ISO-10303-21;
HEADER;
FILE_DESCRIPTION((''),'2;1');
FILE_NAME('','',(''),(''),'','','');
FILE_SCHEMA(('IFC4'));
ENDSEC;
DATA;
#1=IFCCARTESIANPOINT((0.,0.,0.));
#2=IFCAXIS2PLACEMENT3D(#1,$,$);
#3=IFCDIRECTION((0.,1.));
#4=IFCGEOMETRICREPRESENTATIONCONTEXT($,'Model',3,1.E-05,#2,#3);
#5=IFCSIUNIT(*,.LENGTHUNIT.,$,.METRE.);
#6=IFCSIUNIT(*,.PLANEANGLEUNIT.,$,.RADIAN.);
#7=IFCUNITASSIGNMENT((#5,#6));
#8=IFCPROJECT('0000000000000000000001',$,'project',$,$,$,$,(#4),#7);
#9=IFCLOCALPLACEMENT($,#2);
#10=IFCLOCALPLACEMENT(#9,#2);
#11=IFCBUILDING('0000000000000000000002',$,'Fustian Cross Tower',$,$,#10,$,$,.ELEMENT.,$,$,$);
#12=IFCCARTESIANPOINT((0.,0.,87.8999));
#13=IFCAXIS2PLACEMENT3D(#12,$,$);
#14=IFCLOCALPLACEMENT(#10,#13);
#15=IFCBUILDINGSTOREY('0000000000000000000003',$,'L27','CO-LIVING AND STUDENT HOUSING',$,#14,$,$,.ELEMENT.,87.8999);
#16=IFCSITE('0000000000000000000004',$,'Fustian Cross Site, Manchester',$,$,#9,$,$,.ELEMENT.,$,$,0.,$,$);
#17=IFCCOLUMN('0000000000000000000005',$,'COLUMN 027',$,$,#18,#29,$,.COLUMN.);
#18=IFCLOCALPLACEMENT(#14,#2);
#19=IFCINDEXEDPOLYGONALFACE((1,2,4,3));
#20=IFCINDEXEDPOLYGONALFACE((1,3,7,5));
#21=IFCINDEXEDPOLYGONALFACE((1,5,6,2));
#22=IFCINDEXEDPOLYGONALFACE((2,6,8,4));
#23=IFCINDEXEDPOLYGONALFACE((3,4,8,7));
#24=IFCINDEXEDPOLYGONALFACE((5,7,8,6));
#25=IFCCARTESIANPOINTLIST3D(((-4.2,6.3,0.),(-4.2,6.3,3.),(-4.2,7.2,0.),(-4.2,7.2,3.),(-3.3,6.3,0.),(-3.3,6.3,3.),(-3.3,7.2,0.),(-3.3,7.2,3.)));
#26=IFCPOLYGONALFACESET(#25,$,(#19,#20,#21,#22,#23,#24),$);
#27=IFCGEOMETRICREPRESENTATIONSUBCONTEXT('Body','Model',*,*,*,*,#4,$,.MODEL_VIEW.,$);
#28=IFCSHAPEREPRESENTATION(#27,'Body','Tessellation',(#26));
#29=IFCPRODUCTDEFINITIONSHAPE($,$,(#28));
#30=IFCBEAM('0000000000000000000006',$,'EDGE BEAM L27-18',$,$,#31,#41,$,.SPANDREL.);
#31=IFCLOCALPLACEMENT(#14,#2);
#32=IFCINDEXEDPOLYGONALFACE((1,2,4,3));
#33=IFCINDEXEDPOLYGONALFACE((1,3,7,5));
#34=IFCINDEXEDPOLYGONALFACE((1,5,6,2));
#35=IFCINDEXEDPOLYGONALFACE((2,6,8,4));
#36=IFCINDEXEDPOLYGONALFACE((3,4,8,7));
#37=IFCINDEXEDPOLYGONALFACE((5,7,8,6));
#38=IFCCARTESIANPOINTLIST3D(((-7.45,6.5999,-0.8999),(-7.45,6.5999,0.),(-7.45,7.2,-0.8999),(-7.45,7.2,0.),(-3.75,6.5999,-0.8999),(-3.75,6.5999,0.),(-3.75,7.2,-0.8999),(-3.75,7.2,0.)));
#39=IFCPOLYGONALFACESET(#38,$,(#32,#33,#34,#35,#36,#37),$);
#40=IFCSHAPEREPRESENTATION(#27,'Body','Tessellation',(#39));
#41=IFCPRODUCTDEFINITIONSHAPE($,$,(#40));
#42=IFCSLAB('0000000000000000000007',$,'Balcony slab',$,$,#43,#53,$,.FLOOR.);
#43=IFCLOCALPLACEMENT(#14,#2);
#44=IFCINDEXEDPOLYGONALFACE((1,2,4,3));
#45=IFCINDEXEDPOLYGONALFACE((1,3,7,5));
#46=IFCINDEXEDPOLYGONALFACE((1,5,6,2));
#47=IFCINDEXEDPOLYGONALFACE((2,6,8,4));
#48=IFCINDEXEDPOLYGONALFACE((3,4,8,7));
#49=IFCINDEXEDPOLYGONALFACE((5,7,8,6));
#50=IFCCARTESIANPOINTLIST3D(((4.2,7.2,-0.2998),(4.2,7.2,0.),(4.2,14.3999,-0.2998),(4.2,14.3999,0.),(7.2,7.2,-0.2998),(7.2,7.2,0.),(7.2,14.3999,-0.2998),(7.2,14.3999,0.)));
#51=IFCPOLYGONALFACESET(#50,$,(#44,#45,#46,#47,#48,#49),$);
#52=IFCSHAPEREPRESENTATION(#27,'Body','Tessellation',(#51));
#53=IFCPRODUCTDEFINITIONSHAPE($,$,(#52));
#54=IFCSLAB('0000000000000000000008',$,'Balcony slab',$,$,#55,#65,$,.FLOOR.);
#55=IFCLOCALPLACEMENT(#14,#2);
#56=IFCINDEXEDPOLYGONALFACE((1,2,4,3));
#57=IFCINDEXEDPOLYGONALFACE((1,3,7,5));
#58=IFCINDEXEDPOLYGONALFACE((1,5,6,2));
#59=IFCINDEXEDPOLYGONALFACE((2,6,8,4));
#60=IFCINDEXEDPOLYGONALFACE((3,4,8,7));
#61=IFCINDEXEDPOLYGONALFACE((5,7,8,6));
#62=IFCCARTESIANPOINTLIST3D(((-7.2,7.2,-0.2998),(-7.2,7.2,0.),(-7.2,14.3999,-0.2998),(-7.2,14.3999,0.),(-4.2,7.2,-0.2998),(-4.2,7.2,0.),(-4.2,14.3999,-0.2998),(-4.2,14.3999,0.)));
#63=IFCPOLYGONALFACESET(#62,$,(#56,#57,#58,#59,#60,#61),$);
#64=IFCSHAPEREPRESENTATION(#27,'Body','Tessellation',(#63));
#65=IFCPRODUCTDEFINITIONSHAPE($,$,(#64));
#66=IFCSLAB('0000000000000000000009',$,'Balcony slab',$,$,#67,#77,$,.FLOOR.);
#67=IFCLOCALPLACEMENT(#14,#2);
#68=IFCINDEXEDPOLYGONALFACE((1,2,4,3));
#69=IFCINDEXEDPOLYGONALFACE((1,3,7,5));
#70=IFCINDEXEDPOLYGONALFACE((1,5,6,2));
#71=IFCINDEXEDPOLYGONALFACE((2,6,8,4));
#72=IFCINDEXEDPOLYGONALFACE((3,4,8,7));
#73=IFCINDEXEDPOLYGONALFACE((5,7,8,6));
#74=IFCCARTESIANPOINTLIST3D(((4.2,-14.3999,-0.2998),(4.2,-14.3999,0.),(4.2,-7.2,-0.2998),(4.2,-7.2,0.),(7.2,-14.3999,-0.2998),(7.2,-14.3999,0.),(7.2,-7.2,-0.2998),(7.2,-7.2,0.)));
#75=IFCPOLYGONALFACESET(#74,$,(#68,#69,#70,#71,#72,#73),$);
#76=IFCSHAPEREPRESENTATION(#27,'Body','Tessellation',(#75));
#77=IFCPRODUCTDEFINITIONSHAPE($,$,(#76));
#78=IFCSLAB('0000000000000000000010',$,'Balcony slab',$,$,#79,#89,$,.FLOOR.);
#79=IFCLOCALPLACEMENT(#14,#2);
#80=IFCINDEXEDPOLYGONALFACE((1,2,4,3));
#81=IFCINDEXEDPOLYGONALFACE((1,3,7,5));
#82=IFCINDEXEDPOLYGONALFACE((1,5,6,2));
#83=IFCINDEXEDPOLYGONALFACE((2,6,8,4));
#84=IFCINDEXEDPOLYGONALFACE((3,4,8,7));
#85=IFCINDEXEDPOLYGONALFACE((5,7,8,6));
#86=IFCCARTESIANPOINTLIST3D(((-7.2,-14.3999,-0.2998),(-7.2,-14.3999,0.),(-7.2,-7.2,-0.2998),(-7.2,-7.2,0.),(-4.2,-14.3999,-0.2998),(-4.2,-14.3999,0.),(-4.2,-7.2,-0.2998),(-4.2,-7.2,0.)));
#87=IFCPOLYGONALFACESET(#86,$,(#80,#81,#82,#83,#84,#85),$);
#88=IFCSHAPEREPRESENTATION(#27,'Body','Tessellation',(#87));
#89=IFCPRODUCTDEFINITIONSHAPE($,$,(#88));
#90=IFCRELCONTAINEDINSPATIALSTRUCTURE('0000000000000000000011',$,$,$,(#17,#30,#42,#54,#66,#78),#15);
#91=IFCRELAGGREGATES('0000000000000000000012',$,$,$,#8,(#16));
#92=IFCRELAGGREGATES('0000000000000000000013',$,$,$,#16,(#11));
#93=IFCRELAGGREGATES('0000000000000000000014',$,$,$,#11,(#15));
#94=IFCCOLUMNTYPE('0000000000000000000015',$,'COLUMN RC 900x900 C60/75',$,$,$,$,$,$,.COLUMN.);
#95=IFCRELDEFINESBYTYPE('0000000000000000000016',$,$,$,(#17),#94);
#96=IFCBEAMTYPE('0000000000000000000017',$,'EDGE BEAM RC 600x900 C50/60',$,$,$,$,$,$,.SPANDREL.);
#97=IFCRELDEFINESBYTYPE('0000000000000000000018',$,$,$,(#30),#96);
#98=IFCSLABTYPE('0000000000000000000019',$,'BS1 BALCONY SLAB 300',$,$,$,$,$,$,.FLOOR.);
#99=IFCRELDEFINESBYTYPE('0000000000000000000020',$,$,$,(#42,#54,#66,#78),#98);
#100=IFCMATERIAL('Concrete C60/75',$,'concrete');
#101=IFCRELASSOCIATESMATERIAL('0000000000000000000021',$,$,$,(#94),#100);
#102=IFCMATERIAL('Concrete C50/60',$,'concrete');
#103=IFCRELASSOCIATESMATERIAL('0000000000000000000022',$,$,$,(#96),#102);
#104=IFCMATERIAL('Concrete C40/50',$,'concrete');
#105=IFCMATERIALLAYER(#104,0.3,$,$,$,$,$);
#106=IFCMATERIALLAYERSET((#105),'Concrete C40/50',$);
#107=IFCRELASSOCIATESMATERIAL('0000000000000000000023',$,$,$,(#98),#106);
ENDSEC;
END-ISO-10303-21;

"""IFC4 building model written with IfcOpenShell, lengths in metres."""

from ifc_helpers import new_model, si_unit, direction, frame, origin, origin_2d, place, context, subcontext, project, spatial, polyline, rectangle, outline, extrude, material, layer, layer_set, material_profile, profile_set, type_object, element, save


model = new_model("IFC4")

# Units and contexts
model_context = context("Model", 3, precision=1e-05, world=origin(), true_north=direction((0.0, 1.0)))
body_context = subcontext(model_context, "Body", "Model", "MODEL_VIEW")
ifc_project = project(units=[si_unit("LENGTHUNIT", "METRE"), si_unit("PLANEANGLEUNIT", "RADIAN")], contexts=[model_context])

# Site, building, storey
site_placement = place(None, origin())
site = spatial("IfcSite", under=ifc_project, at=site_placement, Name="Fustian Cross Site, Manchester", CompositionType="ELEMENT", RefElevation=0.0)
building_placement = place(site_placement, origin())
building = spatial("IfcBuilding", under=site, at=building_placement, Name="Fustian Cross Tower", CompositionType="ELEMENT")
storey_placement = place(building_placement, frame((0.0, 0.0, 87.8999)))
storey = spatial("IfcBuildingStorey", under=building, at=storey_placement, Name="L27", Description="CO-LIVING AND STUDENT HOUSING", CompositionType="ELEMENT", Elevation=87.8999)

# Column
ifc_material_1 = material(Name="Concrete C60/75", Category="concrete")
ifc_material_profile_1 = material_profile(ifc_material_1, rectangle(XDim=0.8999, YDim=0.8999, at=origin_2d()), Name="RC 900x900")
ifc_profile_set_1 = profile_set([ifc_material_profile_1], Name="Concrete C60/75")
column_type = type_object("IfcColumnType", Name="COLUMN RC 900x900 C60/75", PredefinedType="COLUMN", material=ifc_profile_set_1)
column_placement = place(storey_placement, frame((-3.75, 6.75, 0.0), z_axis=(0.0, 0.0, 1.0), x_axis=(1.0, 0.0, 0.0)))
element("IfcColumn", 1, at=column_placement, inside=storey, type_object=column_type, Name="COLUMN 027", PredefinedType="COLUMN", context=body_context, shape_type="SweptSolid", body=[
    extrude(rectangle(XDim=0.8999, YDim=0.8999, at=origin_2d()), origin(), (0.0, 0.0, 1.0), 3.0),
])

# Beam
ifc_material_2 = material(Name="Concrete C50/60", Category="concrete")
ifc_material_profile_2 = material_profile(ifc_material_2, rectangle(XDim=0.6001, YDim=0.8999, at=origin_2d()), Name="RC 600x900")
ifc_profile_set_2 = profile_set([ifc_material_profile_2], Name="Concrete C50/60")
beam_type = type_object("IfcBeamType", Name="EDGE BEAM RC 600x900 C50/60", PredefinedType="SPANDREL", material=ifc_profile_set_2)
beam_placement = place(storey_placement, frame((-3.75, 6.8999, -0.45), z_axis=(-1.0, 0.0, 0.0), x_axis=(0.0, -1.0, 0.0)))
element("IfcBeam", 2, at=beam_placement, inside=storey, type_object=beam_type, Name="EDGE BEAM L27-18", PredefinedType="SPANDREL", context=body_context, shape_type="SweptSolid", body=[
    extrude(rectangle(XDim=0.6001, YDim=0.8999, at=origin_2d()), origin(), (0.0, 0.0, 1.0), 3.7),
])

# Slabs
ifc_material_3 = material(Name="Concrete C40/50", Category="concrete")
ifc_layer_1 = layer(ifc_material_3, 0.3)
ifc_layer_set_1 = layer_set([ifc_layer_1], Name="Concrete C40/50")
slab_type_1 = type_object("IfcSlabType", Name="BS1 BALCONY SLAB 300", PredefinedType="FLOOR", material=ifc_layer_set_1)
slab_1_placement = place(storey_placement, frame((0.0, 0.0, -0.2998)))
element("IfcSlab", 3, at=slab_1_placement, inside=storey, type_object=slab_type_1, Name="Balcony slab", PredefinedType="FLOOR", context=body_context, shape_type="SweptSolid", body=[
    extrude(outline(polyline([(4.2, 7.2), (7.2, 7.2), (7.2, 14.3999), (4.2, 14.3999), (4.2, 7.2)])), origin(), (0.0, 0.0, 1.0), 0.2998),
])
slab_2_placement = place(storey_placement, frame((0.0, 0.0, -0.2998)))
element("IfcSlab", 4, at=slab_2_placement, inside=storey, type_object=slab_type_1, Name="Balcony slab", PredefinedType="FLOOR", context=body_context, shape_type="SweptSolid", body=[
    extrude(outline(polyline([(-7.2, 7.2), (-4.2, 7.2), (-4.2, 14.3999), (-7.2, 14.3999), (-7.2, 7.2)])), origin(), (0.0, 0.0, 1.0), 0.2998),
])
slab_3_placement = place(storey_placement, frame((0.0, 0.0, -0.2998)))
element("IfcSlab", 5, at=slab_3_placement, inside=storey, type_object=slab_type_1, Name="Balcony slab", PredefinedType="FLOOR", context=body_context, shape_type="SweptSolid", body=[
    extrude(outline(polyline([(4.2, -14.3999), (7.2, -14.3999), (7.2, -7.2), (4.2, -7.2), (4.2, -14.3999)])), origin(), (0.0, 0.0, 1.0), 0.2998),
])
slab_4_placement = place(storey_placement, frame((0.0, 0.0, -0.2998)))
element("IfcSlab", 6, at=slab_4_placement, inside=storey, type_object=slab_type_1, Name="Balcony slab", PredefinedType="FLOOR", context=body_context, shape_type="SweptSolid", body=[
    extrude(outline(polyline([(-7.2, -14.3999), (-4.2, -14.3999), (-4.2, -7.2), (-7.2, -7.2), (-7.2, -14.3999)])), origin(), (0.0, 0.0, 1.0), 0.2998),
])

save(model, "model.ifc")
